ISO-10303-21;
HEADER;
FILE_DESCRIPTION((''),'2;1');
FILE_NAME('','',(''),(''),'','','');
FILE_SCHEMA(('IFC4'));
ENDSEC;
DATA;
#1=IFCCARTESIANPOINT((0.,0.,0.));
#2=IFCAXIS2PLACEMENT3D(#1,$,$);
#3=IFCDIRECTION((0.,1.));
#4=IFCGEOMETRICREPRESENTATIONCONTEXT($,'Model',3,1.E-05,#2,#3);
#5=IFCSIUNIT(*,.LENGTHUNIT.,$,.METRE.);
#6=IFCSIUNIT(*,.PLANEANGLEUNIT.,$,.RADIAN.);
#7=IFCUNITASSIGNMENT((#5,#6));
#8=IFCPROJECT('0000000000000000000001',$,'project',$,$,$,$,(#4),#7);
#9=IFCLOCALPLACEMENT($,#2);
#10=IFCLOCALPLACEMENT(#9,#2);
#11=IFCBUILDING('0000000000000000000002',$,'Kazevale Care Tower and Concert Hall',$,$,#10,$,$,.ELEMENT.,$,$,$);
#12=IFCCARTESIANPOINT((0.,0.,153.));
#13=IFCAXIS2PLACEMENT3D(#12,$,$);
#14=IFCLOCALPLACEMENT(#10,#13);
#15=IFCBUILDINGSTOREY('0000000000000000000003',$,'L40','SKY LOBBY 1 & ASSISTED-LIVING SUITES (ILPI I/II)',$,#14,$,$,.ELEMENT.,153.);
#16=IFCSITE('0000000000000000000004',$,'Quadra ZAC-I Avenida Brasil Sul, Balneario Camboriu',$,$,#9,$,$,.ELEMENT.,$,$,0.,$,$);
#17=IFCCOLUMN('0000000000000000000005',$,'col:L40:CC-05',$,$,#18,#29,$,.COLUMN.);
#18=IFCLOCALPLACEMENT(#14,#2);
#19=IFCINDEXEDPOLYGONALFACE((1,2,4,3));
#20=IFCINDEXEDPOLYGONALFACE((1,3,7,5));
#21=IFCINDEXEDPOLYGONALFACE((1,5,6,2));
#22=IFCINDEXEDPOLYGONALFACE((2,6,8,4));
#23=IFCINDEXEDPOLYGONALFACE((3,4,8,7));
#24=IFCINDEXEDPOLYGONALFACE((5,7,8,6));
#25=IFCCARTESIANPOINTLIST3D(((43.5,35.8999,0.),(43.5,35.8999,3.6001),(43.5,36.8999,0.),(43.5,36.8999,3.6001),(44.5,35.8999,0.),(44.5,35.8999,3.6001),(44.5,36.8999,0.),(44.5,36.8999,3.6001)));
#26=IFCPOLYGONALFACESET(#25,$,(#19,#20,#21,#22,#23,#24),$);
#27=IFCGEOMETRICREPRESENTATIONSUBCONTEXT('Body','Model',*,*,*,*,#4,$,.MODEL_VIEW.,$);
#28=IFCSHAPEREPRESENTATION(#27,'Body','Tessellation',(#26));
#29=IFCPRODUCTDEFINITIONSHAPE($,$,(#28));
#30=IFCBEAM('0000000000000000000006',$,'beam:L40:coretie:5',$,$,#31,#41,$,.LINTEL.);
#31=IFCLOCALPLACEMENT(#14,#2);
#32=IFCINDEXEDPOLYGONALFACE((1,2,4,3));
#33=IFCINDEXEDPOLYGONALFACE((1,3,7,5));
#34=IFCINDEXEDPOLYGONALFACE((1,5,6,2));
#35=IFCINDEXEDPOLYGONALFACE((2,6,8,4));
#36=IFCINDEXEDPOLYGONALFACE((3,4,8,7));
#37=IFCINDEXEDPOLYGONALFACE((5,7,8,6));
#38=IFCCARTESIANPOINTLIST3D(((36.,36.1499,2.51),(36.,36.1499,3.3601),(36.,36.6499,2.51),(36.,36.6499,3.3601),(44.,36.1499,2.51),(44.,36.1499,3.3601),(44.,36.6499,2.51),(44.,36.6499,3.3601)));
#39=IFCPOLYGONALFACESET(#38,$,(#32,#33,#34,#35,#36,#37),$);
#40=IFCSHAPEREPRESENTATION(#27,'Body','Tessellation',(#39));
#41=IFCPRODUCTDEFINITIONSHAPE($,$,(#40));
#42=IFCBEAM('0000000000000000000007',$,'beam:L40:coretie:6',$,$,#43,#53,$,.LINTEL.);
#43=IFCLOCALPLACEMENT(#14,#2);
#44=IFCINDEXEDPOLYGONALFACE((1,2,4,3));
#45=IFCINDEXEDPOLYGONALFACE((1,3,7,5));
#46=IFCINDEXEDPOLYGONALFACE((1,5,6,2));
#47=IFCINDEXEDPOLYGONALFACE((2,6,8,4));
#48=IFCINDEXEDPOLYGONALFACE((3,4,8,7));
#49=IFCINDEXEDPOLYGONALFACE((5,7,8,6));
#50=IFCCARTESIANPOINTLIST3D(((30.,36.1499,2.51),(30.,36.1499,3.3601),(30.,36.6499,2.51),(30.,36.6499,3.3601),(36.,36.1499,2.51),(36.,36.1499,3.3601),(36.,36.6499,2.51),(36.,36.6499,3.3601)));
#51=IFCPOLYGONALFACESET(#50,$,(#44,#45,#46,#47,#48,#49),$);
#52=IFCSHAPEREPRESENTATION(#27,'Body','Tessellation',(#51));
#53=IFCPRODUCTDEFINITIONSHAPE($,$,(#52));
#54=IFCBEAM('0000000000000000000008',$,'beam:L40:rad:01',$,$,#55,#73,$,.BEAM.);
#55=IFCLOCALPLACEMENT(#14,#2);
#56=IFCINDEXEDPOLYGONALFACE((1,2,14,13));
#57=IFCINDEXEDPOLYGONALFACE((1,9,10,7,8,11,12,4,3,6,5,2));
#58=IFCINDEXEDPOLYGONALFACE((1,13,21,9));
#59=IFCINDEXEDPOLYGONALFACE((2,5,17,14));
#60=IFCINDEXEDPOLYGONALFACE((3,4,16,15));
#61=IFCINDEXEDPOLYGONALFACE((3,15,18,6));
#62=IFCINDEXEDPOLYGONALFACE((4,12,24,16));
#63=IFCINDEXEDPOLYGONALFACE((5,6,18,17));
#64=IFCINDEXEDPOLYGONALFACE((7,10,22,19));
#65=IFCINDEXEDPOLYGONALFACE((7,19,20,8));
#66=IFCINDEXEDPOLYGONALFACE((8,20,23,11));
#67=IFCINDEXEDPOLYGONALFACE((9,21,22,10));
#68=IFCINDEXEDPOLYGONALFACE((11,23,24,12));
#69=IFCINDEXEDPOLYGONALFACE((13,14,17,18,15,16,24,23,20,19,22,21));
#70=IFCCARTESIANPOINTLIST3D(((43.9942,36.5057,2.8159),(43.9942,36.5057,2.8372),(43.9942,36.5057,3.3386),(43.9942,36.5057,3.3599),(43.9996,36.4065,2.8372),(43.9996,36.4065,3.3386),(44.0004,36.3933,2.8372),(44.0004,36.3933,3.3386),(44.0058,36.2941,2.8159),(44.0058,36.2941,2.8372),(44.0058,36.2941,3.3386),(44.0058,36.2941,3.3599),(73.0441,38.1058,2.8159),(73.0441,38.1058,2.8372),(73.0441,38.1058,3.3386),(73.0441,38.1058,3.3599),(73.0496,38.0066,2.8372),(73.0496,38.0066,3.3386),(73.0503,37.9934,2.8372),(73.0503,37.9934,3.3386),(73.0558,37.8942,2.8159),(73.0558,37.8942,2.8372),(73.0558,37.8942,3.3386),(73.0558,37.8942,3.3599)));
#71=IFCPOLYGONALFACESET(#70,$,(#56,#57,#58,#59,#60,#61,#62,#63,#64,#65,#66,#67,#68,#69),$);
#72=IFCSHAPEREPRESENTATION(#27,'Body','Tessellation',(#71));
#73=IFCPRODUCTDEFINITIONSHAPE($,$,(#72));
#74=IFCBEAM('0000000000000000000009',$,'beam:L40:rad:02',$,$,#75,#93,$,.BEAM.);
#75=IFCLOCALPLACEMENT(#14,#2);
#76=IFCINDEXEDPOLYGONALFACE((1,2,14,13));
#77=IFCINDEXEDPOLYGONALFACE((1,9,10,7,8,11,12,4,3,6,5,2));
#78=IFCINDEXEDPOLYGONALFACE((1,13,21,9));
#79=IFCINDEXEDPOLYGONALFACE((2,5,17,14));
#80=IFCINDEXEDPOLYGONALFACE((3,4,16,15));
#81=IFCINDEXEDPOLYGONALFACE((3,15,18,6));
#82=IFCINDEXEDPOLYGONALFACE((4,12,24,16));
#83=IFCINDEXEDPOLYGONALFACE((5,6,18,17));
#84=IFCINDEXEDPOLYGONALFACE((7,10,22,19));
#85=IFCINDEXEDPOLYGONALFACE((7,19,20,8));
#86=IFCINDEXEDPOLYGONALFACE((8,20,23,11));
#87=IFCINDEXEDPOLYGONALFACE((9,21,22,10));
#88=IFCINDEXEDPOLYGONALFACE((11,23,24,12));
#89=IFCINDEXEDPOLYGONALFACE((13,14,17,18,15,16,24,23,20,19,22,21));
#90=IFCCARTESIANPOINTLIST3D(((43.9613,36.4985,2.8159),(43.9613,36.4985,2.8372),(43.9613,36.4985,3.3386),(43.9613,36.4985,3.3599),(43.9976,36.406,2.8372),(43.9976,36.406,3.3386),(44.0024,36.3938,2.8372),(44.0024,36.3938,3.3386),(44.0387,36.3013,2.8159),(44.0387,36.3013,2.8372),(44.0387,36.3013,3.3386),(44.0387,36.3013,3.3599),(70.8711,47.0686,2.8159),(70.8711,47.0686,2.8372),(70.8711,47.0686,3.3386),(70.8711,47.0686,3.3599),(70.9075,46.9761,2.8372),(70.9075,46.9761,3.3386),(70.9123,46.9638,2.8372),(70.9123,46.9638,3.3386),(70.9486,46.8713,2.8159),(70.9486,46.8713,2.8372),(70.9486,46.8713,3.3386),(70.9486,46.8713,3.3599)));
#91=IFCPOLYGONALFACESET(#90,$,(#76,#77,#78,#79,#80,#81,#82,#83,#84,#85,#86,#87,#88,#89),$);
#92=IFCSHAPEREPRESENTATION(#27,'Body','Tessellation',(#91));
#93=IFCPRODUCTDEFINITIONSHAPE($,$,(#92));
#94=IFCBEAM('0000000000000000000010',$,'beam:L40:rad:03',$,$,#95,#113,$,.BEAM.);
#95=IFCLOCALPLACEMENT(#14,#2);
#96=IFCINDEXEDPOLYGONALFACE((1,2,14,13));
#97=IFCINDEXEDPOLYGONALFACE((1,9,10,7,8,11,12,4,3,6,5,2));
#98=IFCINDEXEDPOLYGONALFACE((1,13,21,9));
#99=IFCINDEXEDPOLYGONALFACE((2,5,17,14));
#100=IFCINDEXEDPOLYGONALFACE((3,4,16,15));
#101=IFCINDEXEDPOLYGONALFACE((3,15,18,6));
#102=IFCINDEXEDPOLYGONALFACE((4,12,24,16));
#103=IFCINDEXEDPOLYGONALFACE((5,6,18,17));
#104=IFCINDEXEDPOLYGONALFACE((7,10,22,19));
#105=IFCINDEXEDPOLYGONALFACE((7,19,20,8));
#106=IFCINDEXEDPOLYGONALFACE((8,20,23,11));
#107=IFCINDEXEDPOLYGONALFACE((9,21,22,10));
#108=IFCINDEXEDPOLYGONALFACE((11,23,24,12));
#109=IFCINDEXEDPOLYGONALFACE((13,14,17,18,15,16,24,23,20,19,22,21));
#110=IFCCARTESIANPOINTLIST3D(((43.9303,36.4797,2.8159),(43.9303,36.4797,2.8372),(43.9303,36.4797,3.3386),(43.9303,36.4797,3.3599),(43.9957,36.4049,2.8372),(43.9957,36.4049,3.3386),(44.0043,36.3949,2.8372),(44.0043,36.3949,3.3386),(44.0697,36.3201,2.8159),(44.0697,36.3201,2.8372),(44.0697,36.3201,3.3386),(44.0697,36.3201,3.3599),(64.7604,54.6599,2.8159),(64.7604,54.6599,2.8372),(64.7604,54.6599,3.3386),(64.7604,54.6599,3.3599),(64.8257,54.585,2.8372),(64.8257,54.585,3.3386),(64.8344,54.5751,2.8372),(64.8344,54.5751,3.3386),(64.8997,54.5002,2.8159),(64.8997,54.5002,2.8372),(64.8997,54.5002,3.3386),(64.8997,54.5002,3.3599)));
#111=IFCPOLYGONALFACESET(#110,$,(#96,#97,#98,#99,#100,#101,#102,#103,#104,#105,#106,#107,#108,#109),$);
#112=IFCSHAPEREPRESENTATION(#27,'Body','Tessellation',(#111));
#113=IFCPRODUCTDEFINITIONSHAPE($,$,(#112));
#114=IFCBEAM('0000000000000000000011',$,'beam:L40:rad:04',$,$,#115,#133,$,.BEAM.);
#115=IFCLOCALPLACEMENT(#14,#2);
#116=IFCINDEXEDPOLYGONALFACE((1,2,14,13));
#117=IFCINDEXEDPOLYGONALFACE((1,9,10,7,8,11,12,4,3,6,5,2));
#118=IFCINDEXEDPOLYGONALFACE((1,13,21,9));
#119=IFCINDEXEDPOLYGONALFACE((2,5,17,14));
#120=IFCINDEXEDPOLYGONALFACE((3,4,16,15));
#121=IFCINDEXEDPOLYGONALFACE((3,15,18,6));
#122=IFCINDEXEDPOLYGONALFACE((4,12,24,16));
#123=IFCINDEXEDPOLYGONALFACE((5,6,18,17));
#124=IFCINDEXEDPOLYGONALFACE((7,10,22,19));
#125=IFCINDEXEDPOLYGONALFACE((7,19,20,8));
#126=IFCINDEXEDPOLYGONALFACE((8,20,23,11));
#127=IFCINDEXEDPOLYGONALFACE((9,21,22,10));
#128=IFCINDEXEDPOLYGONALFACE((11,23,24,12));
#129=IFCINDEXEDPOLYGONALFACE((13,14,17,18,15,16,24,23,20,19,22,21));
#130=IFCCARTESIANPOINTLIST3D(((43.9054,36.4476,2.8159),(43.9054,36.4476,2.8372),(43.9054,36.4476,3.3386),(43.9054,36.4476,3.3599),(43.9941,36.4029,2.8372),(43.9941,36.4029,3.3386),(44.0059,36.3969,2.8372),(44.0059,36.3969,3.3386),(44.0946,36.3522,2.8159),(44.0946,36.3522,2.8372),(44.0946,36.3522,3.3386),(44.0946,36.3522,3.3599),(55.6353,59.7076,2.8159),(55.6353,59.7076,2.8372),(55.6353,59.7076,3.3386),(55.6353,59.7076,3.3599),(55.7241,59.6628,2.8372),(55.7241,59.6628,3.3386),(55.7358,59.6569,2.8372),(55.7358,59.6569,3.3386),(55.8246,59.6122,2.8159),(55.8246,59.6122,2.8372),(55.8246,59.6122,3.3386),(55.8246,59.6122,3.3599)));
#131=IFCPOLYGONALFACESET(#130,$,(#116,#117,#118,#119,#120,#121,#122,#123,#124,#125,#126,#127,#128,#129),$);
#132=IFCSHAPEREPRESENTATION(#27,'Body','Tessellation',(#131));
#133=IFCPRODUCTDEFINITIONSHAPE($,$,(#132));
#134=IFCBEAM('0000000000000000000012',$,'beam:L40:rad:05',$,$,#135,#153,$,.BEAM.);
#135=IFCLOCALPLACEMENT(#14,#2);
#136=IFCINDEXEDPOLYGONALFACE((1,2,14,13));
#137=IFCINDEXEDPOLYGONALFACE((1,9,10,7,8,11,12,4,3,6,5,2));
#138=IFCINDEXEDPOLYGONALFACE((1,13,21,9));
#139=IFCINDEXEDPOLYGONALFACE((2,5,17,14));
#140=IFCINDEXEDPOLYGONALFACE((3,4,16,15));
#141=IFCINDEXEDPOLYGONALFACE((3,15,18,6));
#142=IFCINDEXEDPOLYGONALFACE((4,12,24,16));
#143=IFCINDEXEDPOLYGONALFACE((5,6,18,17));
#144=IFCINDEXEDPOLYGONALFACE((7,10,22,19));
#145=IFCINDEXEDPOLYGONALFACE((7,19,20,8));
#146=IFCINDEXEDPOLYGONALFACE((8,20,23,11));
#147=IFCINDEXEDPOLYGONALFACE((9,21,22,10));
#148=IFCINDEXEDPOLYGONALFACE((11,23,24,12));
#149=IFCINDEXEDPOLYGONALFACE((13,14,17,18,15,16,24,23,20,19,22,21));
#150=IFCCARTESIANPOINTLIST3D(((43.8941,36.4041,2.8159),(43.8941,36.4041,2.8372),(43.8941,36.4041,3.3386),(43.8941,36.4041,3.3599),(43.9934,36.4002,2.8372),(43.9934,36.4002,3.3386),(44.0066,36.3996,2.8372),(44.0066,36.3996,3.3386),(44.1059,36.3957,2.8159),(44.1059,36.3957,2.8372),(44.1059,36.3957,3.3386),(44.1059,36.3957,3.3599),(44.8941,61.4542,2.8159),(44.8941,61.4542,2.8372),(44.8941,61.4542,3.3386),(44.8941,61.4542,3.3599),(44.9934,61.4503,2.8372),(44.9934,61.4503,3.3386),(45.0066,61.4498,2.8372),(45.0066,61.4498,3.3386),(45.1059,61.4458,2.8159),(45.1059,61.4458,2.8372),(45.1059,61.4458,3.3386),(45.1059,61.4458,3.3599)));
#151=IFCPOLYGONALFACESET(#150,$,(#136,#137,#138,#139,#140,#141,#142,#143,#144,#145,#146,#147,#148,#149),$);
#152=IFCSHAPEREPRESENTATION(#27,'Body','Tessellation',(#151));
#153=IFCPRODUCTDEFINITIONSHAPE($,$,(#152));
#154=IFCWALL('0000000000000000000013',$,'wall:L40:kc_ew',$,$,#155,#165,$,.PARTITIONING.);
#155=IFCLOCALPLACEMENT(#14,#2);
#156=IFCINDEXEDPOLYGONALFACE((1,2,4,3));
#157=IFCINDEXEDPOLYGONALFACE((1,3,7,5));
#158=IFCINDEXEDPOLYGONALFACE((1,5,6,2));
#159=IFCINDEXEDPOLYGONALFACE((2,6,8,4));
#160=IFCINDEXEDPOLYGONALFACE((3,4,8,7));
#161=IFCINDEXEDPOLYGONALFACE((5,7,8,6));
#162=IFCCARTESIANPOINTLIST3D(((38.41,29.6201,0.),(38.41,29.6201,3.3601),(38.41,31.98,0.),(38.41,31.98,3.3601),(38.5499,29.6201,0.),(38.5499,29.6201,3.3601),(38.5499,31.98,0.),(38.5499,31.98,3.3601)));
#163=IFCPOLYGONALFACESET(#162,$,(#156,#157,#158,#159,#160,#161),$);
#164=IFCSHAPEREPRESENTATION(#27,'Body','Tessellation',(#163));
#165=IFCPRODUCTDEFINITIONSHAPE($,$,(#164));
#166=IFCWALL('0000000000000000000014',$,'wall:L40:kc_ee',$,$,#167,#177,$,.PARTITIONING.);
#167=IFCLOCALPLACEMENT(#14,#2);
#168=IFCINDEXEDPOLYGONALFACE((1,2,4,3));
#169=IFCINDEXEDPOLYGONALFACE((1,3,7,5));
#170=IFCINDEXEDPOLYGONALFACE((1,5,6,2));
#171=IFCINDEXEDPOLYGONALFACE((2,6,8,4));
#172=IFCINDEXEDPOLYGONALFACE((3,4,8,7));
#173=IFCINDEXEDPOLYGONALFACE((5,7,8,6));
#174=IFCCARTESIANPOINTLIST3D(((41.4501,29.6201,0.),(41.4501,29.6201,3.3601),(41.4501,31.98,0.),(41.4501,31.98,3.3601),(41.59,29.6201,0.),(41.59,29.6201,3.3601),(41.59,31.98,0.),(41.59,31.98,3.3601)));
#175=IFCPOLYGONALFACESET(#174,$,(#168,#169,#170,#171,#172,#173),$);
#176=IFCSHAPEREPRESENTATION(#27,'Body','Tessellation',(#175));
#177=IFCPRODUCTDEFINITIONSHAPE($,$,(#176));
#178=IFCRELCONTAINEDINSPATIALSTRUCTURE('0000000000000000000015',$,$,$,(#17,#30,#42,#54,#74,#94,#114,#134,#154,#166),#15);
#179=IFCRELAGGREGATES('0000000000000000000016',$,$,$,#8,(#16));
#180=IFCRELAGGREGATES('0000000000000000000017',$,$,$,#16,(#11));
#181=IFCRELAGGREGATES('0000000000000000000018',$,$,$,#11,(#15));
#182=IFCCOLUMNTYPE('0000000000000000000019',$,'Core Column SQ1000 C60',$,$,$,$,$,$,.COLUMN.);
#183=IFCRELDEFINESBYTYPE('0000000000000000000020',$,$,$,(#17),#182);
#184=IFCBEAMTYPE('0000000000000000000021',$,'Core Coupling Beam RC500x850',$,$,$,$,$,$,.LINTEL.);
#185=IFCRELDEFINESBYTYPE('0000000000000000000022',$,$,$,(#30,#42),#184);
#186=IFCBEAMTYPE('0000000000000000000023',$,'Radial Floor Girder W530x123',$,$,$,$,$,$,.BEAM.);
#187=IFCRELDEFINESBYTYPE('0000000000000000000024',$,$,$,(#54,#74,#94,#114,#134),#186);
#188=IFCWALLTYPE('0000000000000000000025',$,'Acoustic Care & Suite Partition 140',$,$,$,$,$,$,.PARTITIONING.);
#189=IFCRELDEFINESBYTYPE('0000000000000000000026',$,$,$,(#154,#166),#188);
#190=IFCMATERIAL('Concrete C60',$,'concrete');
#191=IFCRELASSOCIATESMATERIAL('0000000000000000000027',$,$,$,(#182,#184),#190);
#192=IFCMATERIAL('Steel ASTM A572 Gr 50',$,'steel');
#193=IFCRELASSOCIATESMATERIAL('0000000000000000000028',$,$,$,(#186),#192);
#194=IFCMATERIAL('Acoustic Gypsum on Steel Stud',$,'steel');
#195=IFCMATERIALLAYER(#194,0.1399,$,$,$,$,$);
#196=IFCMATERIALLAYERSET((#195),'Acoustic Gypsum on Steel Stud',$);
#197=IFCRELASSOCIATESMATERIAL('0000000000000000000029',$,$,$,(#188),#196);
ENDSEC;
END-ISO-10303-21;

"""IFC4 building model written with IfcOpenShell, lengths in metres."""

from ifc_helpers import new_model, si_unit, direction, frame, frame_2d, origin, origin_2d, place, context, subcontext, project, spatial, rectangle, i_section, extrude, material, layer, layer_set, material_profile, profile_set, type_object, element, save


model = new_model("IFC4")

# Units and contexts
model_context = context("Model", 3, precision=1e-05, world=origin(), true_north=direction((0.0, 1.0)))
body_context = subcontext(model_context, "Body", "Model", "MODEL_VIEW")
ifc_project = project(units=[si_unit("LENGTHUNIT", "METRE"), si_unit("PLANEANGLEUNIT", "RADIAN")], contexts=[model_context])

# Site, building, storey
site_placement = place(None, origin())
site = spatial("IfcSite", under=ifc_project, at=site_placement, Name="Quadra ZAC-I Avenida Brasil Sul, Balneario Camboriu", CompositionType="ELEMENT", RefElevation=0.0)
building_placement = place(site_placement, origin())
building = spatial("IfcBuilding", under=site, at=building_placement, Name="Kazevale Care Tower and Concert Hall", CompositionType="ELEMENT")
storey_placement = place(building_placement, frame((0.0, 0.0, 153.0)))
storey = spatial("IfcBuildingStorey", under=building, at=storey_placement, Name="L40", Description="SKY LOBBY 1 & ASSISTED-LIVING SUITES (ILPI I/II)", CompositionType="ELEMENT", Elevation=153.0)

# Column
ifc_material_1 = material(Name="Concrete C60", Category="concrete")
ifc_material_profile_1 = material_profile(ifc_material_1, rectangle(XDim=1.0, YDim=1.0, at=origin_2d()), Name="RC-SQ1000")
ifc_profile_set_1 = profile_set([ifc_material_profile_1], Name="Concrete C60")
column_type = type_object("IfcColumnType", Name="Core Column SQ1000 C60", PredefinedType="COLUMN", material=ifc_profile_set_1)
column_placement = place(storey_placement, frame((44.0, 36.3999, 0.0), z_axis=(0.0, 0.0, 1.0), x_axis=(1.0, 0.0, 0.0)))
element("IfcColumn", 1, at=column_placement, inside=storey, type_object=column_type, Name="col:L40:CC-05", PredefinedType="COLUMN", context=body_context, shape_type="SweptSolid", body=[
    extrude(rectangle(XDim=1.0, YDim=1.0, at=origin_2d()), origin(), (0.0, 0.0, 1.0), 3.6001),
])

# Beams
ifc_material_profile_2 = material_profile(ifc_material_1, rectangle(XDim=0.5, YDim=0.8501, at=origin_2d()), Name="RC-B500x850")
ifc_profile_set_2 = profile_set([ifc_material_profile_2], Name="Concrete C60")
beam_type_1 = type_object("IfcBeamType", Name="Core Coupling Beam RC500x850", PredefinedType="LINTEL", material=ifc_profile_set_2)
beam_1_placement = place(storey_placement, frame((44.0, 36.3999, 2.9351), z_axis=(-1.0, 0.0, 0.0), x_axis=(0.0, -1.0, 0.0)))
element("IfcBeam", 2, at=beam_1_placement, inside=storey, type_object=beam_type_1, Name="beam:L40:coretie:5", PredefinedType="LINTEL", context=body_context, shape_type="SweptSolid", body=[
    extrude(rectangle(XDim=0.5, YDim=0.8501, at=origin_2d()), origin(), (0.0, 0.0, 1.0), 8.0),
])
beam_2_placement = place(storey_placement, frame((36.0, 36.3999, 2.9351), z_axis=(-1.0, 0.0, 0.0), x_axis=(0.0, -1.0, 0.0)))
element("IfcBeam", 3, at=beam_2_placement, inside=storey, type_object=beam_type_1, Name="beam:L40:coretie:6", PredefinedType="LINTEL", context=body_context, shape_type="SweptSolid", body=[
    extrude(rectangle(XDim=0.5, YDim=0.8501, at=origin_2d()), origin(), (0.0, 0.0, 1.0), 6.0),
])
ifc_material_2 = material(Name="Steel ASTM A572 Gr 50", Category="steel")
ifc_material_profile_3 = material_profile(ifc_material_2, i_section(OverallWidth=0.2119, OverallDepth=0.5439, WebThickness=0.0132, FlangeThickness=0.0212, at=origin_2d()), Name="W530x123")
ifc_profile_set_3 = profile_set([ifc_material_profile_3], Name="Steel ASTM A572 Gr 50")
beam_type_2 = type_object("IfcBeamType", Name="Radial Floor Girder W530x123", PredefinedType="BEAM", material=ifc_profile_set_3)
beam_3_placement = place(storey_placement, frame((44.0, 36.3999, 3.0879), z_axis=(0.998487, 0.054997, 0.0), x_axis=(-0.054997, 0.998487, 0.0)))
element("IfcBeam", 4, at=beam_3_placement, inside=storey, type_object=beam_type_2, Name="beam:L40:rad:01", PredefinedType="BEAM", context=body_context, shape_type="SweptSolid", body=[
    extrude(i_section(OverallWidth=0.2119, OverallDepth=0.5439, WebThickness=0.0132, FlangeThickness=0.0212, at=origin_2d()), origin(), (0.0, 0.0, 1.0), 29.094),
])
beam_4_placement = place(storey_placement, frame((44.0, 36.3999, 3.0879), z_axis=(0.930771, 0.365602, 0.0), x_axis=(-0.365602, 0.930771, 0.0)))
element("IfcBeam", 5, at=beam_4_placement, inside=storey, type_object=beam_type_2, Name="beam:L40:rad:02", PredefinedType="BEAM", context=body_context, shape_type="SweptSolid", body=[
    extrude(i_section(OverallWidth=0.2119, OverallDepth=0.5439, WebThickness=0.0132, FlangeThickness=0.0212, at=origin_2d()), origin(), (0.0, 0.0, 1.0), 28.9114),
])
beam_5_placement = place(storey_placement, frame((44.0, 36.3999, 3.0879), z_axis=(0.753403, 0.657559, 0.0), x_axis=(-0.657559, 0.753403, 0.0)))
element("IfcBeam", 6, at=beam_5_placement, inside=storey, type_object=beam_type_2, Name="beam:L40:rad:03", PredefinedType="BEAM", context=body_context, shape_type="SweptSolid", body=[
    extrude(i_section(OverallWidth=0.2119, OverallDepth=0.5439, WebThickness=0.0132, FlangeThickness=0.0212, at=origin_2d()), origin(), (0.0, 0.0, 1.0), 27.6479),
])
beam_6_placement = place(storey_placement, frame((44.0, 36.3999, 3.0879), z_axis=(0.450281, 0.892887, 0.0), x_axis=(-0.892887, 0.450281, 0.0)))
element("IfcBeam", 7, at=beam_6_placement, inside=storey, type_object=beam_type_2, Name="beam:L40:rad:04", PredefinedType="BEAM", context=body_context, shape_type="SweptSolid", body=[
    extrude(i_section(OverallWidth=0.2119, OverallDepth=0.5439, WebThickness=0.0132, FlangeThickness=0.0212, at=origin_2d()), origin(), (0.0, 0.0, 1.0), 26.0503),
])
beam_7_placement = place(storey_placement, frame((44.0, 36.3999, 3.0879), z_axis=(0.039888, 0.999204, 0.0), x_axis=(-0.999204, 0.039888, 0.0)))
element("IfcBeam", 8, at=beam_7_placement, inside=storey, type_object=beam_type_2, Name="beam:L40:rad:05", PredefinedType="BEAM", context=body_context, shape_type="SweptSolid", body=[
    extrude(i_section(OverallWidth=0.2119, OverallDepth=0.5439, WebThickness=0.0132, FlangeThickness=0.0212, at=origin_2d()), origin(), (0.0, 0.0, 1.0), 25.0701),
])

# Walls
ifc_material_3 = material(Name="Acoustic Gypsum on Steel Stud", Category="steel")
ifc_layer_1 = layer(ifc_material_3, 0.1399)
ifc_layer_set_1 = layer_set([ifc_layer_1], Name="Acoustic Gypsum on Steel Stud")
wall_type_1 = type_object("IfcWallType", Name="Acoustic Care & Suite Partition 140", PredefinedType="PARTITIONING", material=ifc_layer_set_1)
for number, where, z_axis, x_axis, name in (
    (9, (38.48, 29.6201, 0.0), (0.0, 0.0, 1.0), (0.0, 1.0, 0.0), "wall:L40:kc_ew"),
    (10, (41.52, 29.6201, 0.0), (0.0, 0.0, 1.0), (0.0, 1.0, 0.0), "wall:L40:kc_ee"),
):
    element("IfcWall", number, at=place(storey_placement, frame(where, z_axis=z_axis, x_axis=x_axis)), inside=storey, type_object=wall_type_1, Name=name, PredefinedType="PARTITIONING", context=body_context, shape_type="SweptSolid", body=[
        extrude(rectangle(XDim=2.3599, YDim=0.1399, at=frame_2d((1.1799, 0.0))), origin(), (0.0, 0.0, 1.0), 3.3601),
    ])

save(model, "model.ifc")
